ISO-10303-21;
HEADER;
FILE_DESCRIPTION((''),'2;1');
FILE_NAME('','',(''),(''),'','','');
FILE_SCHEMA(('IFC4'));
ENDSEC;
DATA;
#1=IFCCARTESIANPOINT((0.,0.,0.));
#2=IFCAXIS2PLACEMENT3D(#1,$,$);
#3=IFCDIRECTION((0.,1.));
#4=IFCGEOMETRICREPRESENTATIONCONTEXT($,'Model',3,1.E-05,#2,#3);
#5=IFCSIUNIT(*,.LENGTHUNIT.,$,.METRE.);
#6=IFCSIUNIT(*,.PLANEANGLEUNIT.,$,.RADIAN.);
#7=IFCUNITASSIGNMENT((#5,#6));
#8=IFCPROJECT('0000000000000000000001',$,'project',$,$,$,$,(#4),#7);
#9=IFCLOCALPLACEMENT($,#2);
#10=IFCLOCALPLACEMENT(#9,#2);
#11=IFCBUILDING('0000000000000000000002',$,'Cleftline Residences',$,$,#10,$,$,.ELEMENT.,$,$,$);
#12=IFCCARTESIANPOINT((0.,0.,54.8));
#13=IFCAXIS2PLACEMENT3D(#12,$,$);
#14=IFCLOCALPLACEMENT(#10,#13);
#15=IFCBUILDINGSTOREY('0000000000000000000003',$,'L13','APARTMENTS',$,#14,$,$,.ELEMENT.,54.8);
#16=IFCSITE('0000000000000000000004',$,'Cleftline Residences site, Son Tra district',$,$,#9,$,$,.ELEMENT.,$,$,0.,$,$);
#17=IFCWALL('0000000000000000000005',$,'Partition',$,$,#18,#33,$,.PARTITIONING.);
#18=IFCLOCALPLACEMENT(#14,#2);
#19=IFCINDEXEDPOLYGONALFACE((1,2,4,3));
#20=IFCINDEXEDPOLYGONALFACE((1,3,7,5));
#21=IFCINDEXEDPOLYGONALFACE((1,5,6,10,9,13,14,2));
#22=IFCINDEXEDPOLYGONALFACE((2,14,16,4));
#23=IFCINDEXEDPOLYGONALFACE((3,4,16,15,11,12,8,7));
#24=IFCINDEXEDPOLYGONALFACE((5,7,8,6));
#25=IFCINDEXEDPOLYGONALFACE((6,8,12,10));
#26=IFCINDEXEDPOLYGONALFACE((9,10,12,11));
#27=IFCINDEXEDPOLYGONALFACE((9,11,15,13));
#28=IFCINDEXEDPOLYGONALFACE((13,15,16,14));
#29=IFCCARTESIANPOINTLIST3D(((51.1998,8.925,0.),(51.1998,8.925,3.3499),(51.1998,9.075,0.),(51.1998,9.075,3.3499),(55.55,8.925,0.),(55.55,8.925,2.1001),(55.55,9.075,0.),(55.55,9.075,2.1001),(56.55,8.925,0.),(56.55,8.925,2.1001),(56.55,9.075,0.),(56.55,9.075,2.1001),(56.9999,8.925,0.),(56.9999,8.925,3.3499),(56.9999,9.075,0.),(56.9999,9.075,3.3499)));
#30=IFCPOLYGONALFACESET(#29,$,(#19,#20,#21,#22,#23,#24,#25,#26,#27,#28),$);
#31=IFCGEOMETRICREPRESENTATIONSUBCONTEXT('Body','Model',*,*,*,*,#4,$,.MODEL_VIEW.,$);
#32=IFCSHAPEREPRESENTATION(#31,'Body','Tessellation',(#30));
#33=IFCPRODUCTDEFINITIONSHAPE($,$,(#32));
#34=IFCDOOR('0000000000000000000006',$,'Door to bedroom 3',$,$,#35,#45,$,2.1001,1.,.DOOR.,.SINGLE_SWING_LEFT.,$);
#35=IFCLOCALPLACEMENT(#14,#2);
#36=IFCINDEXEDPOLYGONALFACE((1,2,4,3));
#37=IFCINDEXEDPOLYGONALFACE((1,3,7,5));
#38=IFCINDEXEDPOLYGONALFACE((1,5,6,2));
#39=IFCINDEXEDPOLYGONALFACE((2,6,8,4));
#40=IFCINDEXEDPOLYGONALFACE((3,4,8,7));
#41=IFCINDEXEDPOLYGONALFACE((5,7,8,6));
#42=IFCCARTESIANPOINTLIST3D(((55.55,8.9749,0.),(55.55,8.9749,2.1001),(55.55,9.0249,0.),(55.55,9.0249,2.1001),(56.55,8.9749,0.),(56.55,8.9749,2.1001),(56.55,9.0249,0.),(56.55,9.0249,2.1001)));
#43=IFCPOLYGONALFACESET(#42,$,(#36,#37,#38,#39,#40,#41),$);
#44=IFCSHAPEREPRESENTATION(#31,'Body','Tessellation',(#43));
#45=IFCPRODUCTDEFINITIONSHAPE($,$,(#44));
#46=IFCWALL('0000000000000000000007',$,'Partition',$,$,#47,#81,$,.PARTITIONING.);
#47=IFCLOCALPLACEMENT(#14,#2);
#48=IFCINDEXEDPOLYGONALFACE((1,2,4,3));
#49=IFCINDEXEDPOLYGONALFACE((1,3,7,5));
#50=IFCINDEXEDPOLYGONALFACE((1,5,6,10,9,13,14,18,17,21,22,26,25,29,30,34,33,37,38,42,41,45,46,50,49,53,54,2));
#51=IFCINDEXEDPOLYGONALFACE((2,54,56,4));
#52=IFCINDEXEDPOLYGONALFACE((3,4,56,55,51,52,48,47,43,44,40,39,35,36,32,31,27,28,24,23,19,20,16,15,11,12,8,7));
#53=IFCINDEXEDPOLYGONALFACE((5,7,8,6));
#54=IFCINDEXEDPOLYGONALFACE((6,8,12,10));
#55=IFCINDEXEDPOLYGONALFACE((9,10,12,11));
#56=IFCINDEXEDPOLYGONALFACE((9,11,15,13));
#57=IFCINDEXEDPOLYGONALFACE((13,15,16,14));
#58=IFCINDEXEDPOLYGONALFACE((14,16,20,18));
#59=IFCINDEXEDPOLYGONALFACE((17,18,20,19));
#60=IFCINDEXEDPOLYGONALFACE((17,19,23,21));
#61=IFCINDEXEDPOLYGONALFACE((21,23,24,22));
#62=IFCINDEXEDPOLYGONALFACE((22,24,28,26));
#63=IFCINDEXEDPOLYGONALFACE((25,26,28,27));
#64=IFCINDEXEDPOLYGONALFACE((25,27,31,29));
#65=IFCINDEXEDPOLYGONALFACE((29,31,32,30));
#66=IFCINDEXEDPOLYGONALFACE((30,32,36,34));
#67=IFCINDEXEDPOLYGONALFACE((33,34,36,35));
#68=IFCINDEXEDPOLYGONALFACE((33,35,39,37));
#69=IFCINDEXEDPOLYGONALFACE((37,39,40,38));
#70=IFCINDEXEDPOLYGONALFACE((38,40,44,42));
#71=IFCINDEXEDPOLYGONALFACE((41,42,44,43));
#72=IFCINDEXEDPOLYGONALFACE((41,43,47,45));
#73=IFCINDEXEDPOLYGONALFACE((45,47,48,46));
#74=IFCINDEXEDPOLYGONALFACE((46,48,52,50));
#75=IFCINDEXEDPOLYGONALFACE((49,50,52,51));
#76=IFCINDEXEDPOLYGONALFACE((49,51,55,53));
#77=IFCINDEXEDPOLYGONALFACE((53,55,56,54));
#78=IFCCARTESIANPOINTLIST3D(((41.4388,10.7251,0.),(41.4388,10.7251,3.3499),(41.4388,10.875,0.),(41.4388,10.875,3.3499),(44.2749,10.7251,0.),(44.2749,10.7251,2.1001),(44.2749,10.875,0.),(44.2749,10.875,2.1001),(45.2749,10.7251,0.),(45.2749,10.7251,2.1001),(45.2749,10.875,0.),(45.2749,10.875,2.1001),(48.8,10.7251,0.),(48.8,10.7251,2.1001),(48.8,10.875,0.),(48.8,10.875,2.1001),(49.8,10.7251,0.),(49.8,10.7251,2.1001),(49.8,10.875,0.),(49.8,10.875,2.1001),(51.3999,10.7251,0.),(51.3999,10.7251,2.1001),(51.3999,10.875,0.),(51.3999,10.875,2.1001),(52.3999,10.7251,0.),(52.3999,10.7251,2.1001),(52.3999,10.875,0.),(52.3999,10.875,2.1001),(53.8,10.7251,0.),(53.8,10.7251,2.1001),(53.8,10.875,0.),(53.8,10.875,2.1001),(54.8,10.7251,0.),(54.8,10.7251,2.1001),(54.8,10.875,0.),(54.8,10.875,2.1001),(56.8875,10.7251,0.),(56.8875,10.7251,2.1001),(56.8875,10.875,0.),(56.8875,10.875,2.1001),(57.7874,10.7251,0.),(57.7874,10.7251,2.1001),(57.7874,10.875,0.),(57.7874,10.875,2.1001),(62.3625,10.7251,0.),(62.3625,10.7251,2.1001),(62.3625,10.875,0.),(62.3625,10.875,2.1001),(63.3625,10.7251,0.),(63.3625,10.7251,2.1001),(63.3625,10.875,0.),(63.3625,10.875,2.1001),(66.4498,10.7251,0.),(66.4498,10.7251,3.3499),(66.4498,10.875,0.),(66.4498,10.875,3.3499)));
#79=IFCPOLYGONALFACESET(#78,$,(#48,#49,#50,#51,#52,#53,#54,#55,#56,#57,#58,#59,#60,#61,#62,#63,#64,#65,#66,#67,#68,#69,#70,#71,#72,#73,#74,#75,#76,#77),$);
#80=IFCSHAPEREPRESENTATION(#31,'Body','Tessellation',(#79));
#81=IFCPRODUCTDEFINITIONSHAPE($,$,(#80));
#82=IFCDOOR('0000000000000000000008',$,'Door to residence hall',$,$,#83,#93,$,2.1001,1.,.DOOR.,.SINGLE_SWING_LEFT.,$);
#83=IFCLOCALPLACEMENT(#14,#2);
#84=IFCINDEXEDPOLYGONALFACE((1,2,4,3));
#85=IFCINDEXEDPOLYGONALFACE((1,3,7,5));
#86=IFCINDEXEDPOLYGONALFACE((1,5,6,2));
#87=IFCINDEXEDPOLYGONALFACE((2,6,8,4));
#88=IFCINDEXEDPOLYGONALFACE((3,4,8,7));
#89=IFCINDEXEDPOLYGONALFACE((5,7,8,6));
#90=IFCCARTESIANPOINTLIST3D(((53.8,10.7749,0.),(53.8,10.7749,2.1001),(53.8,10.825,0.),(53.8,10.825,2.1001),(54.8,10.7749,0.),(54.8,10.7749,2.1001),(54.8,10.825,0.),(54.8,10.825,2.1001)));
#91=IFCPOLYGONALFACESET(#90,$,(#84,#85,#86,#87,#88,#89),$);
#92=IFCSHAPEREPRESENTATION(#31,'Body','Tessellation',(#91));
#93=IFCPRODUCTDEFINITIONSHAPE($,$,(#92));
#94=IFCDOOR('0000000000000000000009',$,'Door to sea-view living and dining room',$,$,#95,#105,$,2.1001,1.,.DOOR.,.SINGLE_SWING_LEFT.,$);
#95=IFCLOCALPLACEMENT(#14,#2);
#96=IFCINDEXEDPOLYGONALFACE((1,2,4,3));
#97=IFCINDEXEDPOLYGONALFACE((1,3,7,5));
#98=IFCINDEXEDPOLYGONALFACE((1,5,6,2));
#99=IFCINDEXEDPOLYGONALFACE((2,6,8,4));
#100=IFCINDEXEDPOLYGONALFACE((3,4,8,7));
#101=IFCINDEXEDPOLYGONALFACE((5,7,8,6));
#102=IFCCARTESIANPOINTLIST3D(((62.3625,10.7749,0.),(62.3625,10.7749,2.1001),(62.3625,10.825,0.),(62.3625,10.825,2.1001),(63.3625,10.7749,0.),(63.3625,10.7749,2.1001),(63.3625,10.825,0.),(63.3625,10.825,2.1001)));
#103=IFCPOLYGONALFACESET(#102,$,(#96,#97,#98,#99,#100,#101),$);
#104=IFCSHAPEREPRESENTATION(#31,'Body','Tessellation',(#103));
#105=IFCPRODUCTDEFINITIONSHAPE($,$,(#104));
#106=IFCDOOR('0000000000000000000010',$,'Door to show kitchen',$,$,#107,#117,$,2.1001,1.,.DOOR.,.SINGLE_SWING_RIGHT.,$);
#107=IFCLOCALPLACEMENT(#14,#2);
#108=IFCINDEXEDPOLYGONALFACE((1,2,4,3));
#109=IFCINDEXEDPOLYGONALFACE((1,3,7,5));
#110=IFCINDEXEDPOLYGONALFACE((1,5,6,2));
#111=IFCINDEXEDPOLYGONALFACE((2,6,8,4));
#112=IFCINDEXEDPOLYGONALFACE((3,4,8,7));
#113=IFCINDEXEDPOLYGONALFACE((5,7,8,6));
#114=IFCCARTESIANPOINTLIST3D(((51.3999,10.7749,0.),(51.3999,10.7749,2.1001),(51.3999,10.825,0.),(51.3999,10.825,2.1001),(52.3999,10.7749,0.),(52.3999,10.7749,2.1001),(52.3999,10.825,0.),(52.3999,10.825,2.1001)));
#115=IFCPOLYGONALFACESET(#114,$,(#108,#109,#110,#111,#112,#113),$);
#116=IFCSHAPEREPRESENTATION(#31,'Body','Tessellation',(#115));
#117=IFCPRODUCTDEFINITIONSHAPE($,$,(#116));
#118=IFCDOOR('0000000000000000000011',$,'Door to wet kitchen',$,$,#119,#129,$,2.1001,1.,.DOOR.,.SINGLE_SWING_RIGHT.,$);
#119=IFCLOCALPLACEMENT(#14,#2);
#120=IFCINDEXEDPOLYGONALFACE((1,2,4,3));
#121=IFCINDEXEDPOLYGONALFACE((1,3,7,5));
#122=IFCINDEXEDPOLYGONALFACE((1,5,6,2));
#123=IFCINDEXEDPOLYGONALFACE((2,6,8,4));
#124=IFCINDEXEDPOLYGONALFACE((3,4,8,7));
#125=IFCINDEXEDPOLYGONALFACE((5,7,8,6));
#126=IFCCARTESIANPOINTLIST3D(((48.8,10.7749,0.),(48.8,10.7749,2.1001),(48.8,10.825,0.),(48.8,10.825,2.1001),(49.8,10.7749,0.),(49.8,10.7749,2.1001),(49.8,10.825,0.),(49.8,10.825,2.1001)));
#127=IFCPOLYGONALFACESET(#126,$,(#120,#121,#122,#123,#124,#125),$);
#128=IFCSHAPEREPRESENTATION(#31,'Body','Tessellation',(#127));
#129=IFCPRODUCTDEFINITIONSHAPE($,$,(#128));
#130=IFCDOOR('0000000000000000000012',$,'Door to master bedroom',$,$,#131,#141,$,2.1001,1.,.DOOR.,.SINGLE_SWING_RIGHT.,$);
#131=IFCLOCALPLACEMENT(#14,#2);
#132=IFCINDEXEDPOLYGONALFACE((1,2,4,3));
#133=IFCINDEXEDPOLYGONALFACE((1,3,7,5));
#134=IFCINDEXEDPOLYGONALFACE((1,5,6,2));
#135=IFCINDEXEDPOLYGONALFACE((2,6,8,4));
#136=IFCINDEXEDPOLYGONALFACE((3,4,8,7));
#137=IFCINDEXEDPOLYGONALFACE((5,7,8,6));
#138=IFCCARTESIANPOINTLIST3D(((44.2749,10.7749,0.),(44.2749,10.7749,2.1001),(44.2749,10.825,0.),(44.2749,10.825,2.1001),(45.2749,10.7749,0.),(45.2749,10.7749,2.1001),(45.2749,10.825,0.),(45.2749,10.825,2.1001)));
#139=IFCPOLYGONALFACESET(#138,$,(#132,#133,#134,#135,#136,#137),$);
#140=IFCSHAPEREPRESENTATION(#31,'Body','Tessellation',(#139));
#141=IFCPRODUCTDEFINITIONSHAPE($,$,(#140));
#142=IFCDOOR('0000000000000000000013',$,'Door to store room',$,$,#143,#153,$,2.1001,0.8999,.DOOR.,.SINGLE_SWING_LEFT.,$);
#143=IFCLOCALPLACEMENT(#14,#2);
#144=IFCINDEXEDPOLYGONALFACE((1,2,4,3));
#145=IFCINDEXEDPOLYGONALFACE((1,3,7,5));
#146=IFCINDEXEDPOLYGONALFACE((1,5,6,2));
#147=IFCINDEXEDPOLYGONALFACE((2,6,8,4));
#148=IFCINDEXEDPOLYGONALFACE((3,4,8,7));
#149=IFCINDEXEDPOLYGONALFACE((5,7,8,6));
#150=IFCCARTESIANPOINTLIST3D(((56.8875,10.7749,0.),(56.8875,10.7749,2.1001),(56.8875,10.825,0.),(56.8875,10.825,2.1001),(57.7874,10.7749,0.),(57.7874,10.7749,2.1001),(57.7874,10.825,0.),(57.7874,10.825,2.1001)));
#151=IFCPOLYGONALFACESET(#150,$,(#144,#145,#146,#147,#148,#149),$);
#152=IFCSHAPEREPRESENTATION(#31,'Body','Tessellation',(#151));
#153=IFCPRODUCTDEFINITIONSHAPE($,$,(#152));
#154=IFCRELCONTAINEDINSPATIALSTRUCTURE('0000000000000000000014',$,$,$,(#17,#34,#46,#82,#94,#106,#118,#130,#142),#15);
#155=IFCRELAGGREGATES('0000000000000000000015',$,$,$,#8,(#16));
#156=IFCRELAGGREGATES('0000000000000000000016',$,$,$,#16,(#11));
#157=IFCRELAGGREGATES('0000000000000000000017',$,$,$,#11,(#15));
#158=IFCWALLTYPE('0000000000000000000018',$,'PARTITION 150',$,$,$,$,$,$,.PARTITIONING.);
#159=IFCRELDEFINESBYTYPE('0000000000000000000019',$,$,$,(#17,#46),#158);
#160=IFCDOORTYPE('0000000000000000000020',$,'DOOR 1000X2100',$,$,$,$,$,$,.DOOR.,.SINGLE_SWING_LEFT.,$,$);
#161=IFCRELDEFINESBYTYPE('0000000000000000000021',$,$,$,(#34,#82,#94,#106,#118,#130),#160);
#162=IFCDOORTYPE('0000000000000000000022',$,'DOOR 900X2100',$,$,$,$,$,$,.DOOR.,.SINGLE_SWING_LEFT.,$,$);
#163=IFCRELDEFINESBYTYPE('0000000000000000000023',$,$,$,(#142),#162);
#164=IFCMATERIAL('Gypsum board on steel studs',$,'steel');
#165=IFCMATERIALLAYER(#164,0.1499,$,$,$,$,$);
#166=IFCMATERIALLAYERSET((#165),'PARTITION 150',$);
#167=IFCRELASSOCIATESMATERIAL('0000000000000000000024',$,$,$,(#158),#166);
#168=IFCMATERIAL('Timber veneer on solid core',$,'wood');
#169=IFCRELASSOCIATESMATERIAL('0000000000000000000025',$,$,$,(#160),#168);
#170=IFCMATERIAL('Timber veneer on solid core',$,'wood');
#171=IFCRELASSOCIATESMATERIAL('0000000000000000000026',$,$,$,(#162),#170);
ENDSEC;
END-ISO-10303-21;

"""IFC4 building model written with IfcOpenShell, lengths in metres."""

from ifc_helpers import new_model, si_unit, direction, frame, frame_2d, origin, place, context, subcontext, project, spatial, rectangle, extrude, material, layer, layer_set, type_object, element, fill, save


model = new_model("IFC4")

# Units and contexts
model_context = context("Model", 3, precision=1e-05, world=origin(), true_north=direction((0.0, 1.0)))
body_context = subcontext(model_context, "Body", "Model", "MODEL_VIEW")
ifc_project = project(units=[si_unit("LENGTHUNIT", "METRE"), si_unit("PLANEANGLEUNIT", "RADIAN")], contexts=[model_context])

# Site, building, storey
site_placement = place(None, origin())
site = spatial("IfcSite", under=ifc_project, at=site_placement, Name="Cleftline Residences site, Son Tra district", CompositionType="ELEMENT", RefElevation=0.0)
building_placement = place(site_placement, origin())
building = spatial("IfcBuilding", under=site, at=building_placement, Name="Cleftline Residences", CompositionType="ELEMENT")
storey_placement = place(building_placement, frame((0.0, 0.0, 54.8)))
storey = spatial("IfcBuildingStorey", under=building, at=storey_placement, Name="L13", Description="APARTMENTS", CompositionType="ELEMENT", Elevation=54.8)

# Shared definitions
ifc_material_1 = material(Name="Gypsum board on steel studs", Category="steel")
ifc_layer_1 = layer(ifc_material_1, 0.1499)
ifc_layer_set_1 = layer_set([ifc_layer_1], Name="PARTITION 150")
wall_type = type_object("IfcWallType", Name="PARTITION 150", PredefinedType="PARTITIONING", material=ifc_layer_set_1)

# Shared definitions
ifc_material_2 = material(Name="Timber veneer on solid core", Category="wood")
door_type_1 = type_object("IfcDoorType", Name="DOOR 1000X2100", OperationType="SINGLE_SWING_LEFT", PredefinedType="DOOR", material=ifc_material_2)

# Wall, opening, door
wall_1_placement = place(storey_placement, frame((51.2, 9.0, 0.0), z_axis=(0.0, 0.0, 1.0), x_axis=(1.0, 0.0, 0.0)))
wall_1 = element("IfcWall", 1, at=wall_1_placement, inside=storey, type_object=wall_type, Name="Partition", PredefinedType="PARTITIONING", context=body_context, shape_type="SweptSolid", body=[
    extrude(rectangle(XDim=5.8, YDim=0.1499, at=frame_2d((2.8999, 0.0))), origin(), (0.0, 0.0, 1.0), 3.3499),
])
opening_1_placement = place(wall_1_placement, frame((4.3501, 0.0, 0.0)))
opening_1 = element("IfcOpeningElement", 2, at=opening_1_placement, cuts=wall_1, PredefinedType="OPENING", context=body_context, shape_type="SweptSolid", body=[
    extrude(rectangle(XDim=1.0, YDim=2.1001, at=frame_2d((0.5, 1.05))), frame((0.0, 0.085, 0.0), z_axis=(0.0, -1.0, 0.0), x_axis=(1.0, 0.0, 0.0)), (0.0, 0.0, 1.0), 0.1699),
])
door_1_placement = place(opening_1_placement, origin())
door_1 = element("IfcDoor", 3, at=door_1_placement, inside=storey, type_object=door_type_1, Name="Door to bedroom 3", OperationType="SINGLE_SWING_LEFT", OverallHeight=2.1001, OverallWidth=1.0, PredefinedType="DOOR", context=body_context, shape_type="SweptSolid", body=[
    extrude(rectangle(XDim=1.0, YDim=2.1001, at=frame_2d((0.5, 1.05))), frame((0.0, 0.0249, 0.0), z_axis=(0.0, -1.0, 0.0), x_axis=(1.0, 0.0, 0.0)), (0.0, 0.0, 1.0), 0.05),
])
fill(opening_1, door_1)

# Wall, openings, doors
wall_2_placement = place(storey_placement, frame((41.439, 10.8, 0.0), z_axis=(0.0, 0.0, 1.0), x_axis=(1.0, 0.0, 0.0)))
wall_2 = element("IfcWall", 4, at=wall_2_placement, inside=storey, type_object=wall_type, Name="Partition", PredefinedType="PARTITIONING", context=body_context, shape_type="SweptSolid", body=[
    extrude(rectangle(XDim=25.011, YDim=0.1499, at=frame_2d((12.5054, 0.0))), origin(), (0.0, 0.0, 1.0), 3.3499),
])
opening_2_placement = place(wall_2_placement, frame((12.3611, 0.0, 0.0)))
opening_2 = element("IfcOpeningElement", 5, at=opening_2_placement, cuts=wall_2, PredefinedType="OPENING", context=body_context, shape_type="SweptSolid", body=[
    extrude(rectangle(XDim=1.0, YDim=2.1001, at=frame_2d((0.5, 1.05))), frame((0.0, 0.085, 0.0), z_axis=(0.0, -1.0, 0.0), x_axis=(1.0, 0.0, 0.0)), (0.0, 0.0, 1.0), 0.1699),
])
opening_3_placement = place(wall_2_placement, frame((20.9236, 0.0, 0.0)))
opening_3 = element("IfcOpeningElement", 6, at=opening_3_placement, cuts=wall_2, PredefinedType="OPENING", context=body_context, shape_type="SweptSolid", body=[
    extrude(rectangle(XDim=1.0, YDim=2.1001, at=frame_2d((0.5, 1.05))), frame((0.0, 0.085, 0.0), z_axis=(0.0, -1.0, 0.0), x_axis=(1.0, 0.0, 0.0)), (0.0, 0.0, 1.0), 0.1699),
])
opening_4_placement = place(wall_2_placement, frame((15.4485, 0.0, 0.0)))
opening_4 = element("IfcOpeningElement", 7, at=opening_4_placement, cuts=wall_2, PredefinedType="OPENING", context=body_context, shape_type="SweptSolid", body=[
    extrude(rectangle(XDim=0.8999, YDim=2.1001, at=frame_2d((0.45, 1.05))), frame((0.0, 0.085, 0.0), z_axis=(0.0, -1.0, 0.0), x_axis=(1.0, 0.0, 0.0)), (0.0, 0.0, 1.0), 0.1699),
])
opening_5_placement = place(wall_2_placement, frame((9.9609, 0.0, 0.0)))
opening_5 = element("IfcOpeningElement", 8, at=opening_5_placement, cuts=wall_2, PredefinedType="OPENING", context=body_context, shape_type="SweptSolid", body=[
    extrude(rectangle(XDim=1.0, YDim=2.1001, at=frame_2d((0.5, 1.05))), frame((0.0, 0.085, 0.0), z_axis=(0.0, -1.0, 0.0), x_axis=(1.0, 0.0, 0.0)), (0.0, 0.0, 1.0), 0.1699),
])
opening_6_placement = place(wall_2_placement, frame((7.3611, 0.0, 0.0)))
opening_6 = element("IfcOpeningElement", 9, at=opening_6_placement, cuts=wall_2, PredefinedType="OPENING", context=body_context, shape_type="SweptSolid", body=[
    extrude(rectangle(XDim=1.0, YDim=2.1001, at=frame_2d((0.5, 1.05))), frame((0.0, 0.085, 0.0), z_axis=(0.0, -1.0, 0.0), x_axis=(1.0, 0.0, 0.0)), (0.0, 0.0, 1.0), 0.1699),
])
opening_7_placement = place(wall_2_placement, frame((2.8359, 0.0, 0.0)))
opening_7 = element("IfcOpeningElement", 10, at=opening_7_placement, cuts=wall_2, PredefinedType="OPENING", context=body_context, shape_type="SweptSolid", body=[
    extrude(rectangle(XDim=1.0, YDim=2.1001, at=frame_2d((0.5, 1.05))), frame((0.0, 0.085, 0.0), z_axis=(0.0, -1.0, 0.0), x_axis=(1.0, 0.0, 0.0)), (0.0, 0.0, 1.0), 0.1699),
])
door_2_placement = place(opening_2_placement, origin())
door_2 = element("IfcDoor", 11, at=door_2_placement, inside=storey, type_object=door_type_1, Name="Door to residence hall", OperationType="SINGLE_SWING_LEFT", OverallHeight=2.1001, OverallWidth=1.0, PredefinedType="DOOR", context=body_context, shape_type="SweptSolid", body=[
    extrude(rectangle(XDim=1.0, YDim=2.1001, at=frame_2d((0.5, 1.05))), frame((0.0, 0.0249, 0.0), z_axis=(0.0, -1.0, 0.0), x_axis=(1.0, 0.0, 0.0)), (0.0, 0.0, 1.0), 0.05),
])
fill(opening_2, door_2)
door_3_placement = place(opening_3_placement, origin())
door_3 = element("IfcDoor", 12, at=door_3_placement, inside=storey, type_object=door_type_1, Name="Door to sea-view living and dining room", OperationType="SINGLE_SWING_LEFT", OverallHeight=2.1001, OverallWidth=1.0, PredefinedType="DOOR", context=body_context, shape_type="SweptSolid", body=[
    extrude(rectangle(XDim=1.0, YDim=2.1001, at=frame_2d((0.5, 1.05))), frame((0.0, 0.0249, 0.0), z_axis=(0.0, -1.0, 0.0), x_axis=(1.0, 0.0, 0.0)), (0.0, 0.0, 1.0), 0.05),
])
fill(opening_3, door_3)
door_4_placement = place(opening_5_placement, origin())
door_4 = element("IfcDoor", 13, at=door_4_placement, inside=storey, type_object=door_type_1, Name="Door to show kitchen", OperationType="SINGLE_SWING_RIGHT", OverallHeight=2.1001, OverallWidth=1.0, PredefinedType="DOOR", context=body_context, shape_type="SweptSolid", body=[
    extrude(rectangle(XDim=1.0, YDim=2.1001, at=frame_2d((0.5, 1.05))), frame((0.0, 0.0249, 0.0), z_axis=(0.0, -1.0, 0.0), x_axis=(1.0, 0.0, 0.0)), (0.0, 0.0, 1.0), 0.05),
])
fill(opening_5, door_4)
door_5_placement = place(opening_6_placement, origin())
door_5 = element("IfcDoor", 14, at=door_5_placement, inside=storey, type_object=door_type_1, Name="Door to wet kitchen", OperationType="SINGLE_SWING_RIGHT", OverallHeight=2.1001, OverallWidth=1.0, PredefinedType="DOOR", context=body_context, shape_type="SweptSolid", body=[
    extrude(rectangle(XDim=1.0, YDim=2.1001, at=frame_2d((0.5, 1.05))), frame((0.0, 0.0249, 0.0), z_axis=(0.0, -1.0, 0.0), x_axis=(1.0, 0.0, 0.0)), (0.0, 0.0, 1.0), 0.05),
])
fill(opening_6, door_5)
door_6_placement = place(opening_7_placement, origin())
door_6 = element("IfcDoor", 15, at=door_6_placement, inside=storey, type_object=door_type_1, Name="Door to master bedroom", OperationType="SINGLE_SWING_RIGHT", OverallHeight=2.1001, OverallWidth=1.0, PredefinedType="DOOR", context=body_context, shape_type="SweptSolid", body=[
    extrude(rectangle(XDim=1.0, YDim=2.1001, at=frame_2d((0.5, 1.05))), frame((0.0, 0.0249, 0.0), z_axis=(0.0, -1.0, 0.0), x_axis=(1.0, 0.0, 0.0)), (0.0, 0.0, 1.0), 0.05),
])
fill(opening_7, door_6)
ifc_material_3 = material(Name="Timber veneer on solid core", Category="wood")
door_type_2 = type_object("IfcDoorType", Name="DOOR 900X2100", OperationType="SINGLE_SWING_LEFT", PredefinedType="DOOR", material=ifc_material_3)
door_7_placement = place(opening_4_placement, origin())
door_7 = element("IfcDoor", 16, at=door_7_placement, inside=storey, type_object=door_type_2, Name="Door to store room", OperationType="SINGLE_SWING_LEFT", OverallHeight=2.1001, OverallWidth=0.8999, PredefinedType="DOOR", context=body_context, shape_type="SweptSolid", body=[
    extrude(rectangle(XDim=0.8999, YDim=2.1001, at=frame_2d((0.45, 1.05))), frame((0.0, 0.0249, 0.0), z_axis=(0.0, -1.0, 0.0), x_axis=(1.0, 0.0, 0.0)), (0.0, 0.0, 1.0), 0.05),
])
fill(opening_4, door_7)

save(model, "model.ifc")
